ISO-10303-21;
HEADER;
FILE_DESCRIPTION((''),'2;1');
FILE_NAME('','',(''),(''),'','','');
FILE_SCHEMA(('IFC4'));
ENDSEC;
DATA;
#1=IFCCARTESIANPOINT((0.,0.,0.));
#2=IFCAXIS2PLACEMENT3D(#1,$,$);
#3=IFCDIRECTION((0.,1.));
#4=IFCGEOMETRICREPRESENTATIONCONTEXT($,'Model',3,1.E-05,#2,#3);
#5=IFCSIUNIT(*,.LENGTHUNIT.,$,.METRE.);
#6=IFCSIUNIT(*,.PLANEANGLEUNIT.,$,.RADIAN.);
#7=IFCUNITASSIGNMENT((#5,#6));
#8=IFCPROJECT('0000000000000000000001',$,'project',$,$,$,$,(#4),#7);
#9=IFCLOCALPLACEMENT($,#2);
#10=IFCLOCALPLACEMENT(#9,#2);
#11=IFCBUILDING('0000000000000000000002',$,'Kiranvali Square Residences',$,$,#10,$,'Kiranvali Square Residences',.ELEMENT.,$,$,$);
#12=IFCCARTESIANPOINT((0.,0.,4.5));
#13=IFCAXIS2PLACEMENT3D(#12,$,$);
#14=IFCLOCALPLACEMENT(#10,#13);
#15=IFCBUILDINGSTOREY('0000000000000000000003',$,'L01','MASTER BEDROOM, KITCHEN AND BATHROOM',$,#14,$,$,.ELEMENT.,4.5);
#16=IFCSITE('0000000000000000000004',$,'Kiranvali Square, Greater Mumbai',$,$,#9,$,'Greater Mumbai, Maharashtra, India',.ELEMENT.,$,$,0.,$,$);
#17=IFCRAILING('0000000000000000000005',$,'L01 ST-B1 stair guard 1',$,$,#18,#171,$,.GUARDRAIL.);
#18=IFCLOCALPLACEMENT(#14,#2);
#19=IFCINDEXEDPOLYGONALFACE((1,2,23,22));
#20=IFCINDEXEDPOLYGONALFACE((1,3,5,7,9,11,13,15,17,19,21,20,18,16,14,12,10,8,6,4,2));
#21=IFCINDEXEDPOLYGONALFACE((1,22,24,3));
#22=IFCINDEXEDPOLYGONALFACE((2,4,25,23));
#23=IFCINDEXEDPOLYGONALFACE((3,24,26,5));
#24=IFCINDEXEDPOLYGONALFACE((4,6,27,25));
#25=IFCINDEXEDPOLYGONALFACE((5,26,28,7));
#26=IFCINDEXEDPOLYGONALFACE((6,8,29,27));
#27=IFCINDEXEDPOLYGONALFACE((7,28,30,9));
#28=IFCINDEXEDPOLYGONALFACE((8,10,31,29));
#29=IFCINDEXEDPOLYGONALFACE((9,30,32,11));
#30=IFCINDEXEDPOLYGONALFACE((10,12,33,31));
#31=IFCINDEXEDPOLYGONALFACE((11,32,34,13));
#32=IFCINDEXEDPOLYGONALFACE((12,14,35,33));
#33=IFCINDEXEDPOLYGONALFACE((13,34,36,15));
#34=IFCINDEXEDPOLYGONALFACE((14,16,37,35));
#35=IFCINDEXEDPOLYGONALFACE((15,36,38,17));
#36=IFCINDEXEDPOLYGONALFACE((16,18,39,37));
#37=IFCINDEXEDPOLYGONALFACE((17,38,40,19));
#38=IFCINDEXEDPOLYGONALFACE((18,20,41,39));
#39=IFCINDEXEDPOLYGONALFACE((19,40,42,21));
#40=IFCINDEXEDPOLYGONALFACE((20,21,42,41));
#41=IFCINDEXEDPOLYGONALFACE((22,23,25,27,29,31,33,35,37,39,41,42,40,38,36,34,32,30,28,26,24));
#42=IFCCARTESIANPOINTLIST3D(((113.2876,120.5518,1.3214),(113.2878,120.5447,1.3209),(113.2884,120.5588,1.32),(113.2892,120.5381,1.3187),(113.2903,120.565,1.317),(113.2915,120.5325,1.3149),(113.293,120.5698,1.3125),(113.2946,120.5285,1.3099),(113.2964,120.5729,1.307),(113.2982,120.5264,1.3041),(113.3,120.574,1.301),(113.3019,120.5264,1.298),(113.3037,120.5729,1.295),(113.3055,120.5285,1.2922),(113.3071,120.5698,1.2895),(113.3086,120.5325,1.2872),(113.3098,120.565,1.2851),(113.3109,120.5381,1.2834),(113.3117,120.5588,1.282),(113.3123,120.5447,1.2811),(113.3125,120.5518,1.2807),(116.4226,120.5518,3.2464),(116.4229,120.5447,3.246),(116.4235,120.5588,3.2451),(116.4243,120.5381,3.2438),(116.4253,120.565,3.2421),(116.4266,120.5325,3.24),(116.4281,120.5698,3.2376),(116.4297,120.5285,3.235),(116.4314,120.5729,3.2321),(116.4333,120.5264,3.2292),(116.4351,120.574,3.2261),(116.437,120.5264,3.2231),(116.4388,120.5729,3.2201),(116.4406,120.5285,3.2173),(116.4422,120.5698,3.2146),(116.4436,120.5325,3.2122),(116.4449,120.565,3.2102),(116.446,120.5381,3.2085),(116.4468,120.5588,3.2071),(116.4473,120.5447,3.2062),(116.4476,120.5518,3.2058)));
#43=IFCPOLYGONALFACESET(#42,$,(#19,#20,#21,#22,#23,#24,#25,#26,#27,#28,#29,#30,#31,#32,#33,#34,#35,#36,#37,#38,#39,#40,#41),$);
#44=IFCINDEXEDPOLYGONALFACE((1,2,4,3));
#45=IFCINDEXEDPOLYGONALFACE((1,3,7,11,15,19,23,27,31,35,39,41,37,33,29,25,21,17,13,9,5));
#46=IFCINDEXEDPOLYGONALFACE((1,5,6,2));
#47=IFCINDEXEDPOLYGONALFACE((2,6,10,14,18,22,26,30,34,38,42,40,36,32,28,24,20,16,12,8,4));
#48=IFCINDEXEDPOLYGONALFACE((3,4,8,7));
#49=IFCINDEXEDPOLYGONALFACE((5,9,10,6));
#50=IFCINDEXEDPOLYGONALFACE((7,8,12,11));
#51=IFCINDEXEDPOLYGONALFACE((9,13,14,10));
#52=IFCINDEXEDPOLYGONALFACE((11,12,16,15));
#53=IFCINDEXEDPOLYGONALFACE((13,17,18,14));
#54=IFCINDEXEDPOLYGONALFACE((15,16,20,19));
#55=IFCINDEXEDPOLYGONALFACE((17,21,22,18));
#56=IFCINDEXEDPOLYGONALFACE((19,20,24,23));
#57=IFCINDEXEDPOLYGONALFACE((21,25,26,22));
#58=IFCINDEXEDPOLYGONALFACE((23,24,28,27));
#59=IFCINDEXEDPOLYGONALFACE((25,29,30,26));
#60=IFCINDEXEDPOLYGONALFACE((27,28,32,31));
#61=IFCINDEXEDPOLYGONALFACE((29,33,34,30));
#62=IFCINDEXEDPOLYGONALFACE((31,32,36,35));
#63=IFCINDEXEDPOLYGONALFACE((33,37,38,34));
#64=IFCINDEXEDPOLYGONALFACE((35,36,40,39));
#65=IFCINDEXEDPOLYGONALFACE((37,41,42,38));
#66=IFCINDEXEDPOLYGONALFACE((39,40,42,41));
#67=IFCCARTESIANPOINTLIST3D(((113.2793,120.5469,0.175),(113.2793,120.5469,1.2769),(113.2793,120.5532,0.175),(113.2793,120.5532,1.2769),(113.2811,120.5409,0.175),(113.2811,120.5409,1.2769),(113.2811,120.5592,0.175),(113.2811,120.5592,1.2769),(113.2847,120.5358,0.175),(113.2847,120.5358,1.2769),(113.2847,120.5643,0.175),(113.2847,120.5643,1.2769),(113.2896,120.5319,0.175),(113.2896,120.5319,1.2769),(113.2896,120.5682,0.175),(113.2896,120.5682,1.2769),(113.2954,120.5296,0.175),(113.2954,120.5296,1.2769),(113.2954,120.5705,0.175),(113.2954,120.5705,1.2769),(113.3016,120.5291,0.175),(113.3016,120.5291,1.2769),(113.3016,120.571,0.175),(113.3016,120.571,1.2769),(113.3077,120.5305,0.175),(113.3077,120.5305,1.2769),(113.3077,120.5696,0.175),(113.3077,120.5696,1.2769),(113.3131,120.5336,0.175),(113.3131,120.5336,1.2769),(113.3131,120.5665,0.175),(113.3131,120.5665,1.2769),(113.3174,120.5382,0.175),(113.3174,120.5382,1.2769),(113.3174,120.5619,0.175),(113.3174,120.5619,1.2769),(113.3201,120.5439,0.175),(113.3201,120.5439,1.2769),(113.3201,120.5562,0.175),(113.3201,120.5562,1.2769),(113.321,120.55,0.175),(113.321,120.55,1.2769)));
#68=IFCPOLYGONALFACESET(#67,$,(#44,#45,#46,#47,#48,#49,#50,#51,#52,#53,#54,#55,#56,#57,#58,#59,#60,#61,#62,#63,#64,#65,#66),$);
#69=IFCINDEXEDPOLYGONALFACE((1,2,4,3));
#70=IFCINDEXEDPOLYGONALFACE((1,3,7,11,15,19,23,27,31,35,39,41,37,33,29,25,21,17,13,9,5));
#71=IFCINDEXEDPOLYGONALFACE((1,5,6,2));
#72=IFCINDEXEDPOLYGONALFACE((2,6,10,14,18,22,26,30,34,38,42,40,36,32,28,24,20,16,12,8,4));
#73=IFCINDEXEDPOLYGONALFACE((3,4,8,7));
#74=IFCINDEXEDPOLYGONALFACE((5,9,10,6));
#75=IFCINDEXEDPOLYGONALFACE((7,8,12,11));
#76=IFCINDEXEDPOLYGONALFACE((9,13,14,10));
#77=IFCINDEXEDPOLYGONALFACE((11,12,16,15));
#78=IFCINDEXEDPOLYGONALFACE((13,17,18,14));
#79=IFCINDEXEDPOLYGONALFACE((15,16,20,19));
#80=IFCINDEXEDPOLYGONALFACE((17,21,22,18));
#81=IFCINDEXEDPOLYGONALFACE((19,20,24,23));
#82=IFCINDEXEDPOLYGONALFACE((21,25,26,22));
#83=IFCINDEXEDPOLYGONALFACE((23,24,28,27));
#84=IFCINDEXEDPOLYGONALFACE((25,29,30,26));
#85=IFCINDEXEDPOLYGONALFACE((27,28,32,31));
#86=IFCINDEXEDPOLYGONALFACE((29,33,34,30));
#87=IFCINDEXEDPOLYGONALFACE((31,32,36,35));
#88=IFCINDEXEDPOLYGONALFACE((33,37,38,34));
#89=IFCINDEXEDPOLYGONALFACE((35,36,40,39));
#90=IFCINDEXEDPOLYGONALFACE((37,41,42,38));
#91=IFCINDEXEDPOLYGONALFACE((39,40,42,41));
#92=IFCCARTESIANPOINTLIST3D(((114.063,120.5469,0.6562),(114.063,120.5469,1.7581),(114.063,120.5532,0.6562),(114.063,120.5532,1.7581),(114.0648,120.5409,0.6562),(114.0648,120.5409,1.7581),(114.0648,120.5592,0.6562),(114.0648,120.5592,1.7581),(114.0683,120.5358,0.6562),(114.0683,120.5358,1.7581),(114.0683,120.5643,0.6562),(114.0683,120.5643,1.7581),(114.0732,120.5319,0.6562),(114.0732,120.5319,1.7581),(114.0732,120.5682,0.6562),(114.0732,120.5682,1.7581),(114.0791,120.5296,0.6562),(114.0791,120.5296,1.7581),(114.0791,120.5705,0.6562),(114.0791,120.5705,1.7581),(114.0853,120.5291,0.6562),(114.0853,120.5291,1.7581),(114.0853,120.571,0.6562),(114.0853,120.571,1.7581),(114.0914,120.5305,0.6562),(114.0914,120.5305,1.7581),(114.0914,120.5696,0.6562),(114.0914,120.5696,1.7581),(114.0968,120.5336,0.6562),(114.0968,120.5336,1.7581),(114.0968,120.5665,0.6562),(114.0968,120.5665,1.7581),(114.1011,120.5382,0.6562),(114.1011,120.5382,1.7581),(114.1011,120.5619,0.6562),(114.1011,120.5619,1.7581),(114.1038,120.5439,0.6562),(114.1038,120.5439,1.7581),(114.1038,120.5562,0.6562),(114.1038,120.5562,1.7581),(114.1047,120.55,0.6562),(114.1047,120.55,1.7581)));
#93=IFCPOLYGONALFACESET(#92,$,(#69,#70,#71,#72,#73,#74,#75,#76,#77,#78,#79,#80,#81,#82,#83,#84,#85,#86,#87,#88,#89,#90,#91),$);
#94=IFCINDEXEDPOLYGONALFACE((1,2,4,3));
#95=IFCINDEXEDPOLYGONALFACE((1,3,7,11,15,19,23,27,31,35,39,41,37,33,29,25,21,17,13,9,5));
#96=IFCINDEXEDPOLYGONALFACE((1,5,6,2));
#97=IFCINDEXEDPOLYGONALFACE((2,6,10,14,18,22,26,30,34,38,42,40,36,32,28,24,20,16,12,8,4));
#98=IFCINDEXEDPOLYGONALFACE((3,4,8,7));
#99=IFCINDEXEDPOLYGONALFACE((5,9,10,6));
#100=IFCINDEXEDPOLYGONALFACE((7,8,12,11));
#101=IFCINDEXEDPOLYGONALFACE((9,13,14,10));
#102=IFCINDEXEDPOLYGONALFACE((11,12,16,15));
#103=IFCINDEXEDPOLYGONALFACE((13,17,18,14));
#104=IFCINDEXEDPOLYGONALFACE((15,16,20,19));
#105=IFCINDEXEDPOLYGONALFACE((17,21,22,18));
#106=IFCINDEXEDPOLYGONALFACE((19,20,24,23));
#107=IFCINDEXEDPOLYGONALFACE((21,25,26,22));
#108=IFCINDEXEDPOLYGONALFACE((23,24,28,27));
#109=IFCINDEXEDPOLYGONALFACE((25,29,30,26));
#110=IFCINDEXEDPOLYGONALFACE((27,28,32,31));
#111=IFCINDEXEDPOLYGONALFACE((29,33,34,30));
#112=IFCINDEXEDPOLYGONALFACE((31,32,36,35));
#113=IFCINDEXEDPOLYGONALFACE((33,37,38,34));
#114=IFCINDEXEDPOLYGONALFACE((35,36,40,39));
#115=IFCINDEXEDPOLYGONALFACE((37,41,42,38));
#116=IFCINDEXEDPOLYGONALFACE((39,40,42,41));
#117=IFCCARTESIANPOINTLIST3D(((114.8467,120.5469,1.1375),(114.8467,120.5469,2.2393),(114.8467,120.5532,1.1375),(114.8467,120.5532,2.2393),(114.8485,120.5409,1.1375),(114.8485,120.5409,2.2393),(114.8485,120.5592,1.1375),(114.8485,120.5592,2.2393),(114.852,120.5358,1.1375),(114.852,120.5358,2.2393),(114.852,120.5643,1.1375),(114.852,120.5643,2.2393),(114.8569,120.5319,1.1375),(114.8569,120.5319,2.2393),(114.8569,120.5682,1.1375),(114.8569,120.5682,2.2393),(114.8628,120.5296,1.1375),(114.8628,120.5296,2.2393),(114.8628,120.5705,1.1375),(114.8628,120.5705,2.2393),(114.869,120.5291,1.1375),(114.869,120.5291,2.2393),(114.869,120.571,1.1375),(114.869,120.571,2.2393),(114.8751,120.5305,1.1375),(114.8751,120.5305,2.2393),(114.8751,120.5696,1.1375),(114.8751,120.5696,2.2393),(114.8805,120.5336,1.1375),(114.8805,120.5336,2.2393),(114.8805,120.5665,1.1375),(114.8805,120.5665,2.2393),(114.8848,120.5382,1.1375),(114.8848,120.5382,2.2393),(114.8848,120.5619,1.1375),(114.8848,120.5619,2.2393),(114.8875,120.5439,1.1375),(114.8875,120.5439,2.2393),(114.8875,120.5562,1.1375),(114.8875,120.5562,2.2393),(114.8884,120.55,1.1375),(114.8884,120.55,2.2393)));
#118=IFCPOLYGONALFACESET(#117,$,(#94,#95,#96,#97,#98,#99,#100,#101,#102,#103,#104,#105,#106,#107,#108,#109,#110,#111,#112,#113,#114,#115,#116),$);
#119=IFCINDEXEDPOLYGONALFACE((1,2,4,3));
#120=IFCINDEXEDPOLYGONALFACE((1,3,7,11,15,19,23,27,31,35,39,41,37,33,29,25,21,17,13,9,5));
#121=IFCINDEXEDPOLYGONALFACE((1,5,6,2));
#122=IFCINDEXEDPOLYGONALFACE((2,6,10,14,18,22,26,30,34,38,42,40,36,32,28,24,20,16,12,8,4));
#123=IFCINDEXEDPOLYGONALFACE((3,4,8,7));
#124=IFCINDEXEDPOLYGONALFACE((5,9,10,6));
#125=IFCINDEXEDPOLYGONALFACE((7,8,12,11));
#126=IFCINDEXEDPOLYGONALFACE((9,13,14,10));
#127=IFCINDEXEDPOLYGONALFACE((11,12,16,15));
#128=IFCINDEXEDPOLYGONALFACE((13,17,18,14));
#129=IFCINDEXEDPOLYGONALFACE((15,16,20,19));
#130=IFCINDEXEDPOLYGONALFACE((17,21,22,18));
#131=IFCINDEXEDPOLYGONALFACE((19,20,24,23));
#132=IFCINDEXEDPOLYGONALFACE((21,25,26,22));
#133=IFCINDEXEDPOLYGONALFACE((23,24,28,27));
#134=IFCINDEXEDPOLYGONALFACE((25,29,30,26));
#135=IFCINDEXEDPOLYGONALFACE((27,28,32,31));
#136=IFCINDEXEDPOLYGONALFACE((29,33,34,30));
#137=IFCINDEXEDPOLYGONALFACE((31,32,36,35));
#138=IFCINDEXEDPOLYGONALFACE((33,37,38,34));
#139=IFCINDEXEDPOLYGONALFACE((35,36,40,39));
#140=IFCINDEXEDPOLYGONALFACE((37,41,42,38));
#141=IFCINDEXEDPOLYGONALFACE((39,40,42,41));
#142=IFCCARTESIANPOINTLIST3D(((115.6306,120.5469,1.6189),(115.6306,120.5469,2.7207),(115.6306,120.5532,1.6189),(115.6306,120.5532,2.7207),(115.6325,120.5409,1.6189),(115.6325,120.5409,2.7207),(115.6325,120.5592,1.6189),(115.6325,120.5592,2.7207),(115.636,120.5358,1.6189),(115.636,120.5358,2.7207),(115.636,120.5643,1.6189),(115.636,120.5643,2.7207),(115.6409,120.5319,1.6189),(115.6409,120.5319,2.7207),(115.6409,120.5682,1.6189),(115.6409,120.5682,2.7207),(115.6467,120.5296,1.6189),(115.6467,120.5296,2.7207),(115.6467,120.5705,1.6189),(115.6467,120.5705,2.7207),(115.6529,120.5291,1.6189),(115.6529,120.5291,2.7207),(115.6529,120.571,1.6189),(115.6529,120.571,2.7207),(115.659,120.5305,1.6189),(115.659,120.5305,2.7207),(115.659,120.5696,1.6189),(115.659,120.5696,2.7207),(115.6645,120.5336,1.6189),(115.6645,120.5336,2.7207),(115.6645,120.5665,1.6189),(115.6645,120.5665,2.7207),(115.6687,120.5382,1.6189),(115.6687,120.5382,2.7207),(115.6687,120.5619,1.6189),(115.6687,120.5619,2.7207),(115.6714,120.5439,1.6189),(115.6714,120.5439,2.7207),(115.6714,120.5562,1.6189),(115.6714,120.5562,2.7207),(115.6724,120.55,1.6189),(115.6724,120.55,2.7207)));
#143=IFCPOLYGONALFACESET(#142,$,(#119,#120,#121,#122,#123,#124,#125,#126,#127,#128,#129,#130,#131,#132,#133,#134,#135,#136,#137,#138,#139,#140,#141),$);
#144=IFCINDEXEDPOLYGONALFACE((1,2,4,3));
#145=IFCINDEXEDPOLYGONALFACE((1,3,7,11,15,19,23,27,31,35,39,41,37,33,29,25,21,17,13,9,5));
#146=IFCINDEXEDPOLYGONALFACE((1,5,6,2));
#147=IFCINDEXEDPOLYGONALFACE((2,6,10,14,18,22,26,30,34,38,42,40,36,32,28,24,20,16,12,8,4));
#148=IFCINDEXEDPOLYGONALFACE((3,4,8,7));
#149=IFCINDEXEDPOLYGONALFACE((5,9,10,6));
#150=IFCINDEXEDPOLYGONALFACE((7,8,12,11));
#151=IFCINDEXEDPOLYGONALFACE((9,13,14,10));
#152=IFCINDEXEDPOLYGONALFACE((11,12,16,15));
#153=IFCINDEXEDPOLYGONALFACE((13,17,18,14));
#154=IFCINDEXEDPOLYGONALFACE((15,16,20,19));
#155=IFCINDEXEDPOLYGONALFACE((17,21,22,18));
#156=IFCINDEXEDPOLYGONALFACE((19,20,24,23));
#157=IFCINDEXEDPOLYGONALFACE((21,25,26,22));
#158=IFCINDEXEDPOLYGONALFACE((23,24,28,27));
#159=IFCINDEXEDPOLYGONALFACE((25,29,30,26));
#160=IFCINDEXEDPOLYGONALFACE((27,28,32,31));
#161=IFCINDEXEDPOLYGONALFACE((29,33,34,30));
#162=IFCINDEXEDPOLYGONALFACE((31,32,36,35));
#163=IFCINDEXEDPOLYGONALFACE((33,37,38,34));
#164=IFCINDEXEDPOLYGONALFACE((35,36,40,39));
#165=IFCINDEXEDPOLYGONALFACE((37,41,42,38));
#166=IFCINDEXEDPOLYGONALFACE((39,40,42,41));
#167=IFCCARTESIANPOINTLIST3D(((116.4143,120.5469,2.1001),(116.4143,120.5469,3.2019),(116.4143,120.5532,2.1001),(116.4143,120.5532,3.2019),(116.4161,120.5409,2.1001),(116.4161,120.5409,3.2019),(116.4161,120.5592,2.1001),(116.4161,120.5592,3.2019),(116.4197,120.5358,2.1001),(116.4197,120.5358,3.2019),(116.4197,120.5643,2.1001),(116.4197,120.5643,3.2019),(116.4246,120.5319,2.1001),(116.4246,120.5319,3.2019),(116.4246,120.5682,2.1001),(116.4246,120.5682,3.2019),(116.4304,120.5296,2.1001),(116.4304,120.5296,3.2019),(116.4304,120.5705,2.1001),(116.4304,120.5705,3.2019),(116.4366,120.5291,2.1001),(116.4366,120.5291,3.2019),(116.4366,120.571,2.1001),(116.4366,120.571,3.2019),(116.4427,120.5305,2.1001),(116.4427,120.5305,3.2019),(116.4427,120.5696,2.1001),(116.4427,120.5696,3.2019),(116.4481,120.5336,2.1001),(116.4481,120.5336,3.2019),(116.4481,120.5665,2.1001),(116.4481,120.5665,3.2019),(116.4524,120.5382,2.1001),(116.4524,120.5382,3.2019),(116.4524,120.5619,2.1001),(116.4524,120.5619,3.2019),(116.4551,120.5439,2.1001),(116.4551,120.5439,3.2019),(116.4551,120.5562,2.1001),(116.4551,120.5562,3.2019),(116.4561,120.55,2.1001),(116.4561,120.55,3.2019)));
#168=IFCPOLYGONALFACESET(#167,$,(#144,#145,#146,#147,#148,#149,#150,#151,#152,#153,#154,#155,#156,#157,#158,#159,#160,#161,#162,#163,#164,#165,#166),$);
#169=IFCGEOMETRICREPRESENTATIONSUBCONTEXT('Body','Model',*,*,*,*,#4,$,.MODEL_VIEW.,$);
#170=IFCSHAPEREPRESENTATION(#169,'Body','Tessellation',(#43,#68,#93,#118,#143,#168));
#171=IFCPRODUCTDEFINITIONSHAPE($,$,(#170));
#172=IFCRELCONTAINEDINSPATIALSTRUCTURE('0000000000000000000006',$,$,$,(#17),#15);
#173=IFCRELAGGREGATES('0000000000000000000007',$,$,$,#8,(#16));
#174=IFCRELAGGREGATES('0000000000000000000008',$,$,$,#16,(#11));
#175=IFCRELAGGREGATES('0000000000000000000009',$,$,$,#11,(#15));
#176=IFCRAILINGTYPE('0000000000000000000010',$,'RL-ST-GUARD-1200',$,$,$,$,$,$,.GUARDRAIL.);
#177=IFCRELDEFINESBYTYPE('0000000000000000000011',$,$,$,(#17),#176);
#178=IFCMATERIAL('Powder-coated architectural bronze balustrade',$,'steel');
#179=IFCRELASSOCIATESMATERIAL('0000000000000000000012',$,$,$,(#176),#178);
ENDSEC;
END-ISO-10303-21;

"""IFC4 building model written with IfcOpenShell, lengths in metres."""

from ifc_helpers import new_model, si_unit, direction, frame, origin, origin_2d, place, context, subcontext, project, spatial, circle, extrude, material, type_object, element, save


model = new_model("IFC4")

# Units and contexts
model_context = context("Model", 3, precision=1e-05, world=origin(), true_north=direction((0.0, 1.0)))
body_context = subcontext(model_context, "Body", "Model", "MODEL_VIEW")
ifc_project = project(units=[si_unit("LENGTHUNIT", "METRE"), si_unit("PLANEANGLEUNIT", "RADIAN")], contexts=[model_context])

# Site, building, storey
site_placement = place(None, origin())
site = spatial("IfcSite", under=ifc_project, at=site_placement, Name="Kiranvali Square, Greater Mumbai", LongName="Greater Mumbai, Maharashtra, India", CompositionType="ELEMENT", RefElevation=0.0)
building_placement = place(site_placement, origin())
building = spatial("IfcBuilding", under=site, at=building_placement, Name="Kiranvali Square Residences", LongName="Kiranvali Square Residences", CompositionType="ELEMENT")
storey_placement = place(building_placement, frame((0.0, 0.0, 4.5)))
storey = spatial("IfcBuildingStorey", under=building, at=storey_placement, Name="L01", Description="MASTER BEDROOM, KITCHEN AND BATHROOM", CompositionType="ELEMENT", Elevation=4.5)

# Railing
ifc_material_1 = material(Name="Powder-coated architectural bronze balustrade", Category="steel")
railing_type_1 = type_object("IfcRailingType", Name="RL-ST-GUARD-1200", PredefinedType="GUARDRAIL", material=ifc_material_1)
railing_1_placement = place(storey_placement, frame((113.3, 120.55, 0.175)))
element("IfcRailing", 1, at=railing_1_placement, inside=storey, type_object=railing_type_1, Name="L01 ST-B1 stair guard 1", PredefinedType="GUARDRAIL", context=body_context, shape_type="SweptSolid", body=[
    extrude(circle(Radius=0.0239, at=origin_2d()), frame((0.0, 0.0, 1.126), z_axis=(0.852166, 0.0, 0.523271), x_axis=(0.0, 1.0, 0.0)), (0.0, 0.0, 1.0), 3.679),
    extrude(circle(Radius=0.021, at=origin_2d()), origin(), (0.0, 0.0, 1.0), 1.1018),
    extrude(circle(Radius=0.021, at=origin_2d()), frame((0.7837, 0.0, 0.4812)), (0.0, 0.0, 1.0), 1.1018),
    extrude(circle(Radius=0.021, at=origin_2d()), frame((1.5674, 0.0, 0.9624)), (0.0, 0.0, 1.0), 1.1018),
    extrude(circle(Radius=0.021, at=origin_2d()), frame((2.3513, 0.0, 1.4438)), (0.0, 0.0, 1.0), 1.1018),
    extrude(circle(Radius=0.021, at=origin_2d()), frame((3.135, 0.0, 1.925)), (0.0, 0.0, 1.0), 1.1018),
])

save(model, "model.ifc")
